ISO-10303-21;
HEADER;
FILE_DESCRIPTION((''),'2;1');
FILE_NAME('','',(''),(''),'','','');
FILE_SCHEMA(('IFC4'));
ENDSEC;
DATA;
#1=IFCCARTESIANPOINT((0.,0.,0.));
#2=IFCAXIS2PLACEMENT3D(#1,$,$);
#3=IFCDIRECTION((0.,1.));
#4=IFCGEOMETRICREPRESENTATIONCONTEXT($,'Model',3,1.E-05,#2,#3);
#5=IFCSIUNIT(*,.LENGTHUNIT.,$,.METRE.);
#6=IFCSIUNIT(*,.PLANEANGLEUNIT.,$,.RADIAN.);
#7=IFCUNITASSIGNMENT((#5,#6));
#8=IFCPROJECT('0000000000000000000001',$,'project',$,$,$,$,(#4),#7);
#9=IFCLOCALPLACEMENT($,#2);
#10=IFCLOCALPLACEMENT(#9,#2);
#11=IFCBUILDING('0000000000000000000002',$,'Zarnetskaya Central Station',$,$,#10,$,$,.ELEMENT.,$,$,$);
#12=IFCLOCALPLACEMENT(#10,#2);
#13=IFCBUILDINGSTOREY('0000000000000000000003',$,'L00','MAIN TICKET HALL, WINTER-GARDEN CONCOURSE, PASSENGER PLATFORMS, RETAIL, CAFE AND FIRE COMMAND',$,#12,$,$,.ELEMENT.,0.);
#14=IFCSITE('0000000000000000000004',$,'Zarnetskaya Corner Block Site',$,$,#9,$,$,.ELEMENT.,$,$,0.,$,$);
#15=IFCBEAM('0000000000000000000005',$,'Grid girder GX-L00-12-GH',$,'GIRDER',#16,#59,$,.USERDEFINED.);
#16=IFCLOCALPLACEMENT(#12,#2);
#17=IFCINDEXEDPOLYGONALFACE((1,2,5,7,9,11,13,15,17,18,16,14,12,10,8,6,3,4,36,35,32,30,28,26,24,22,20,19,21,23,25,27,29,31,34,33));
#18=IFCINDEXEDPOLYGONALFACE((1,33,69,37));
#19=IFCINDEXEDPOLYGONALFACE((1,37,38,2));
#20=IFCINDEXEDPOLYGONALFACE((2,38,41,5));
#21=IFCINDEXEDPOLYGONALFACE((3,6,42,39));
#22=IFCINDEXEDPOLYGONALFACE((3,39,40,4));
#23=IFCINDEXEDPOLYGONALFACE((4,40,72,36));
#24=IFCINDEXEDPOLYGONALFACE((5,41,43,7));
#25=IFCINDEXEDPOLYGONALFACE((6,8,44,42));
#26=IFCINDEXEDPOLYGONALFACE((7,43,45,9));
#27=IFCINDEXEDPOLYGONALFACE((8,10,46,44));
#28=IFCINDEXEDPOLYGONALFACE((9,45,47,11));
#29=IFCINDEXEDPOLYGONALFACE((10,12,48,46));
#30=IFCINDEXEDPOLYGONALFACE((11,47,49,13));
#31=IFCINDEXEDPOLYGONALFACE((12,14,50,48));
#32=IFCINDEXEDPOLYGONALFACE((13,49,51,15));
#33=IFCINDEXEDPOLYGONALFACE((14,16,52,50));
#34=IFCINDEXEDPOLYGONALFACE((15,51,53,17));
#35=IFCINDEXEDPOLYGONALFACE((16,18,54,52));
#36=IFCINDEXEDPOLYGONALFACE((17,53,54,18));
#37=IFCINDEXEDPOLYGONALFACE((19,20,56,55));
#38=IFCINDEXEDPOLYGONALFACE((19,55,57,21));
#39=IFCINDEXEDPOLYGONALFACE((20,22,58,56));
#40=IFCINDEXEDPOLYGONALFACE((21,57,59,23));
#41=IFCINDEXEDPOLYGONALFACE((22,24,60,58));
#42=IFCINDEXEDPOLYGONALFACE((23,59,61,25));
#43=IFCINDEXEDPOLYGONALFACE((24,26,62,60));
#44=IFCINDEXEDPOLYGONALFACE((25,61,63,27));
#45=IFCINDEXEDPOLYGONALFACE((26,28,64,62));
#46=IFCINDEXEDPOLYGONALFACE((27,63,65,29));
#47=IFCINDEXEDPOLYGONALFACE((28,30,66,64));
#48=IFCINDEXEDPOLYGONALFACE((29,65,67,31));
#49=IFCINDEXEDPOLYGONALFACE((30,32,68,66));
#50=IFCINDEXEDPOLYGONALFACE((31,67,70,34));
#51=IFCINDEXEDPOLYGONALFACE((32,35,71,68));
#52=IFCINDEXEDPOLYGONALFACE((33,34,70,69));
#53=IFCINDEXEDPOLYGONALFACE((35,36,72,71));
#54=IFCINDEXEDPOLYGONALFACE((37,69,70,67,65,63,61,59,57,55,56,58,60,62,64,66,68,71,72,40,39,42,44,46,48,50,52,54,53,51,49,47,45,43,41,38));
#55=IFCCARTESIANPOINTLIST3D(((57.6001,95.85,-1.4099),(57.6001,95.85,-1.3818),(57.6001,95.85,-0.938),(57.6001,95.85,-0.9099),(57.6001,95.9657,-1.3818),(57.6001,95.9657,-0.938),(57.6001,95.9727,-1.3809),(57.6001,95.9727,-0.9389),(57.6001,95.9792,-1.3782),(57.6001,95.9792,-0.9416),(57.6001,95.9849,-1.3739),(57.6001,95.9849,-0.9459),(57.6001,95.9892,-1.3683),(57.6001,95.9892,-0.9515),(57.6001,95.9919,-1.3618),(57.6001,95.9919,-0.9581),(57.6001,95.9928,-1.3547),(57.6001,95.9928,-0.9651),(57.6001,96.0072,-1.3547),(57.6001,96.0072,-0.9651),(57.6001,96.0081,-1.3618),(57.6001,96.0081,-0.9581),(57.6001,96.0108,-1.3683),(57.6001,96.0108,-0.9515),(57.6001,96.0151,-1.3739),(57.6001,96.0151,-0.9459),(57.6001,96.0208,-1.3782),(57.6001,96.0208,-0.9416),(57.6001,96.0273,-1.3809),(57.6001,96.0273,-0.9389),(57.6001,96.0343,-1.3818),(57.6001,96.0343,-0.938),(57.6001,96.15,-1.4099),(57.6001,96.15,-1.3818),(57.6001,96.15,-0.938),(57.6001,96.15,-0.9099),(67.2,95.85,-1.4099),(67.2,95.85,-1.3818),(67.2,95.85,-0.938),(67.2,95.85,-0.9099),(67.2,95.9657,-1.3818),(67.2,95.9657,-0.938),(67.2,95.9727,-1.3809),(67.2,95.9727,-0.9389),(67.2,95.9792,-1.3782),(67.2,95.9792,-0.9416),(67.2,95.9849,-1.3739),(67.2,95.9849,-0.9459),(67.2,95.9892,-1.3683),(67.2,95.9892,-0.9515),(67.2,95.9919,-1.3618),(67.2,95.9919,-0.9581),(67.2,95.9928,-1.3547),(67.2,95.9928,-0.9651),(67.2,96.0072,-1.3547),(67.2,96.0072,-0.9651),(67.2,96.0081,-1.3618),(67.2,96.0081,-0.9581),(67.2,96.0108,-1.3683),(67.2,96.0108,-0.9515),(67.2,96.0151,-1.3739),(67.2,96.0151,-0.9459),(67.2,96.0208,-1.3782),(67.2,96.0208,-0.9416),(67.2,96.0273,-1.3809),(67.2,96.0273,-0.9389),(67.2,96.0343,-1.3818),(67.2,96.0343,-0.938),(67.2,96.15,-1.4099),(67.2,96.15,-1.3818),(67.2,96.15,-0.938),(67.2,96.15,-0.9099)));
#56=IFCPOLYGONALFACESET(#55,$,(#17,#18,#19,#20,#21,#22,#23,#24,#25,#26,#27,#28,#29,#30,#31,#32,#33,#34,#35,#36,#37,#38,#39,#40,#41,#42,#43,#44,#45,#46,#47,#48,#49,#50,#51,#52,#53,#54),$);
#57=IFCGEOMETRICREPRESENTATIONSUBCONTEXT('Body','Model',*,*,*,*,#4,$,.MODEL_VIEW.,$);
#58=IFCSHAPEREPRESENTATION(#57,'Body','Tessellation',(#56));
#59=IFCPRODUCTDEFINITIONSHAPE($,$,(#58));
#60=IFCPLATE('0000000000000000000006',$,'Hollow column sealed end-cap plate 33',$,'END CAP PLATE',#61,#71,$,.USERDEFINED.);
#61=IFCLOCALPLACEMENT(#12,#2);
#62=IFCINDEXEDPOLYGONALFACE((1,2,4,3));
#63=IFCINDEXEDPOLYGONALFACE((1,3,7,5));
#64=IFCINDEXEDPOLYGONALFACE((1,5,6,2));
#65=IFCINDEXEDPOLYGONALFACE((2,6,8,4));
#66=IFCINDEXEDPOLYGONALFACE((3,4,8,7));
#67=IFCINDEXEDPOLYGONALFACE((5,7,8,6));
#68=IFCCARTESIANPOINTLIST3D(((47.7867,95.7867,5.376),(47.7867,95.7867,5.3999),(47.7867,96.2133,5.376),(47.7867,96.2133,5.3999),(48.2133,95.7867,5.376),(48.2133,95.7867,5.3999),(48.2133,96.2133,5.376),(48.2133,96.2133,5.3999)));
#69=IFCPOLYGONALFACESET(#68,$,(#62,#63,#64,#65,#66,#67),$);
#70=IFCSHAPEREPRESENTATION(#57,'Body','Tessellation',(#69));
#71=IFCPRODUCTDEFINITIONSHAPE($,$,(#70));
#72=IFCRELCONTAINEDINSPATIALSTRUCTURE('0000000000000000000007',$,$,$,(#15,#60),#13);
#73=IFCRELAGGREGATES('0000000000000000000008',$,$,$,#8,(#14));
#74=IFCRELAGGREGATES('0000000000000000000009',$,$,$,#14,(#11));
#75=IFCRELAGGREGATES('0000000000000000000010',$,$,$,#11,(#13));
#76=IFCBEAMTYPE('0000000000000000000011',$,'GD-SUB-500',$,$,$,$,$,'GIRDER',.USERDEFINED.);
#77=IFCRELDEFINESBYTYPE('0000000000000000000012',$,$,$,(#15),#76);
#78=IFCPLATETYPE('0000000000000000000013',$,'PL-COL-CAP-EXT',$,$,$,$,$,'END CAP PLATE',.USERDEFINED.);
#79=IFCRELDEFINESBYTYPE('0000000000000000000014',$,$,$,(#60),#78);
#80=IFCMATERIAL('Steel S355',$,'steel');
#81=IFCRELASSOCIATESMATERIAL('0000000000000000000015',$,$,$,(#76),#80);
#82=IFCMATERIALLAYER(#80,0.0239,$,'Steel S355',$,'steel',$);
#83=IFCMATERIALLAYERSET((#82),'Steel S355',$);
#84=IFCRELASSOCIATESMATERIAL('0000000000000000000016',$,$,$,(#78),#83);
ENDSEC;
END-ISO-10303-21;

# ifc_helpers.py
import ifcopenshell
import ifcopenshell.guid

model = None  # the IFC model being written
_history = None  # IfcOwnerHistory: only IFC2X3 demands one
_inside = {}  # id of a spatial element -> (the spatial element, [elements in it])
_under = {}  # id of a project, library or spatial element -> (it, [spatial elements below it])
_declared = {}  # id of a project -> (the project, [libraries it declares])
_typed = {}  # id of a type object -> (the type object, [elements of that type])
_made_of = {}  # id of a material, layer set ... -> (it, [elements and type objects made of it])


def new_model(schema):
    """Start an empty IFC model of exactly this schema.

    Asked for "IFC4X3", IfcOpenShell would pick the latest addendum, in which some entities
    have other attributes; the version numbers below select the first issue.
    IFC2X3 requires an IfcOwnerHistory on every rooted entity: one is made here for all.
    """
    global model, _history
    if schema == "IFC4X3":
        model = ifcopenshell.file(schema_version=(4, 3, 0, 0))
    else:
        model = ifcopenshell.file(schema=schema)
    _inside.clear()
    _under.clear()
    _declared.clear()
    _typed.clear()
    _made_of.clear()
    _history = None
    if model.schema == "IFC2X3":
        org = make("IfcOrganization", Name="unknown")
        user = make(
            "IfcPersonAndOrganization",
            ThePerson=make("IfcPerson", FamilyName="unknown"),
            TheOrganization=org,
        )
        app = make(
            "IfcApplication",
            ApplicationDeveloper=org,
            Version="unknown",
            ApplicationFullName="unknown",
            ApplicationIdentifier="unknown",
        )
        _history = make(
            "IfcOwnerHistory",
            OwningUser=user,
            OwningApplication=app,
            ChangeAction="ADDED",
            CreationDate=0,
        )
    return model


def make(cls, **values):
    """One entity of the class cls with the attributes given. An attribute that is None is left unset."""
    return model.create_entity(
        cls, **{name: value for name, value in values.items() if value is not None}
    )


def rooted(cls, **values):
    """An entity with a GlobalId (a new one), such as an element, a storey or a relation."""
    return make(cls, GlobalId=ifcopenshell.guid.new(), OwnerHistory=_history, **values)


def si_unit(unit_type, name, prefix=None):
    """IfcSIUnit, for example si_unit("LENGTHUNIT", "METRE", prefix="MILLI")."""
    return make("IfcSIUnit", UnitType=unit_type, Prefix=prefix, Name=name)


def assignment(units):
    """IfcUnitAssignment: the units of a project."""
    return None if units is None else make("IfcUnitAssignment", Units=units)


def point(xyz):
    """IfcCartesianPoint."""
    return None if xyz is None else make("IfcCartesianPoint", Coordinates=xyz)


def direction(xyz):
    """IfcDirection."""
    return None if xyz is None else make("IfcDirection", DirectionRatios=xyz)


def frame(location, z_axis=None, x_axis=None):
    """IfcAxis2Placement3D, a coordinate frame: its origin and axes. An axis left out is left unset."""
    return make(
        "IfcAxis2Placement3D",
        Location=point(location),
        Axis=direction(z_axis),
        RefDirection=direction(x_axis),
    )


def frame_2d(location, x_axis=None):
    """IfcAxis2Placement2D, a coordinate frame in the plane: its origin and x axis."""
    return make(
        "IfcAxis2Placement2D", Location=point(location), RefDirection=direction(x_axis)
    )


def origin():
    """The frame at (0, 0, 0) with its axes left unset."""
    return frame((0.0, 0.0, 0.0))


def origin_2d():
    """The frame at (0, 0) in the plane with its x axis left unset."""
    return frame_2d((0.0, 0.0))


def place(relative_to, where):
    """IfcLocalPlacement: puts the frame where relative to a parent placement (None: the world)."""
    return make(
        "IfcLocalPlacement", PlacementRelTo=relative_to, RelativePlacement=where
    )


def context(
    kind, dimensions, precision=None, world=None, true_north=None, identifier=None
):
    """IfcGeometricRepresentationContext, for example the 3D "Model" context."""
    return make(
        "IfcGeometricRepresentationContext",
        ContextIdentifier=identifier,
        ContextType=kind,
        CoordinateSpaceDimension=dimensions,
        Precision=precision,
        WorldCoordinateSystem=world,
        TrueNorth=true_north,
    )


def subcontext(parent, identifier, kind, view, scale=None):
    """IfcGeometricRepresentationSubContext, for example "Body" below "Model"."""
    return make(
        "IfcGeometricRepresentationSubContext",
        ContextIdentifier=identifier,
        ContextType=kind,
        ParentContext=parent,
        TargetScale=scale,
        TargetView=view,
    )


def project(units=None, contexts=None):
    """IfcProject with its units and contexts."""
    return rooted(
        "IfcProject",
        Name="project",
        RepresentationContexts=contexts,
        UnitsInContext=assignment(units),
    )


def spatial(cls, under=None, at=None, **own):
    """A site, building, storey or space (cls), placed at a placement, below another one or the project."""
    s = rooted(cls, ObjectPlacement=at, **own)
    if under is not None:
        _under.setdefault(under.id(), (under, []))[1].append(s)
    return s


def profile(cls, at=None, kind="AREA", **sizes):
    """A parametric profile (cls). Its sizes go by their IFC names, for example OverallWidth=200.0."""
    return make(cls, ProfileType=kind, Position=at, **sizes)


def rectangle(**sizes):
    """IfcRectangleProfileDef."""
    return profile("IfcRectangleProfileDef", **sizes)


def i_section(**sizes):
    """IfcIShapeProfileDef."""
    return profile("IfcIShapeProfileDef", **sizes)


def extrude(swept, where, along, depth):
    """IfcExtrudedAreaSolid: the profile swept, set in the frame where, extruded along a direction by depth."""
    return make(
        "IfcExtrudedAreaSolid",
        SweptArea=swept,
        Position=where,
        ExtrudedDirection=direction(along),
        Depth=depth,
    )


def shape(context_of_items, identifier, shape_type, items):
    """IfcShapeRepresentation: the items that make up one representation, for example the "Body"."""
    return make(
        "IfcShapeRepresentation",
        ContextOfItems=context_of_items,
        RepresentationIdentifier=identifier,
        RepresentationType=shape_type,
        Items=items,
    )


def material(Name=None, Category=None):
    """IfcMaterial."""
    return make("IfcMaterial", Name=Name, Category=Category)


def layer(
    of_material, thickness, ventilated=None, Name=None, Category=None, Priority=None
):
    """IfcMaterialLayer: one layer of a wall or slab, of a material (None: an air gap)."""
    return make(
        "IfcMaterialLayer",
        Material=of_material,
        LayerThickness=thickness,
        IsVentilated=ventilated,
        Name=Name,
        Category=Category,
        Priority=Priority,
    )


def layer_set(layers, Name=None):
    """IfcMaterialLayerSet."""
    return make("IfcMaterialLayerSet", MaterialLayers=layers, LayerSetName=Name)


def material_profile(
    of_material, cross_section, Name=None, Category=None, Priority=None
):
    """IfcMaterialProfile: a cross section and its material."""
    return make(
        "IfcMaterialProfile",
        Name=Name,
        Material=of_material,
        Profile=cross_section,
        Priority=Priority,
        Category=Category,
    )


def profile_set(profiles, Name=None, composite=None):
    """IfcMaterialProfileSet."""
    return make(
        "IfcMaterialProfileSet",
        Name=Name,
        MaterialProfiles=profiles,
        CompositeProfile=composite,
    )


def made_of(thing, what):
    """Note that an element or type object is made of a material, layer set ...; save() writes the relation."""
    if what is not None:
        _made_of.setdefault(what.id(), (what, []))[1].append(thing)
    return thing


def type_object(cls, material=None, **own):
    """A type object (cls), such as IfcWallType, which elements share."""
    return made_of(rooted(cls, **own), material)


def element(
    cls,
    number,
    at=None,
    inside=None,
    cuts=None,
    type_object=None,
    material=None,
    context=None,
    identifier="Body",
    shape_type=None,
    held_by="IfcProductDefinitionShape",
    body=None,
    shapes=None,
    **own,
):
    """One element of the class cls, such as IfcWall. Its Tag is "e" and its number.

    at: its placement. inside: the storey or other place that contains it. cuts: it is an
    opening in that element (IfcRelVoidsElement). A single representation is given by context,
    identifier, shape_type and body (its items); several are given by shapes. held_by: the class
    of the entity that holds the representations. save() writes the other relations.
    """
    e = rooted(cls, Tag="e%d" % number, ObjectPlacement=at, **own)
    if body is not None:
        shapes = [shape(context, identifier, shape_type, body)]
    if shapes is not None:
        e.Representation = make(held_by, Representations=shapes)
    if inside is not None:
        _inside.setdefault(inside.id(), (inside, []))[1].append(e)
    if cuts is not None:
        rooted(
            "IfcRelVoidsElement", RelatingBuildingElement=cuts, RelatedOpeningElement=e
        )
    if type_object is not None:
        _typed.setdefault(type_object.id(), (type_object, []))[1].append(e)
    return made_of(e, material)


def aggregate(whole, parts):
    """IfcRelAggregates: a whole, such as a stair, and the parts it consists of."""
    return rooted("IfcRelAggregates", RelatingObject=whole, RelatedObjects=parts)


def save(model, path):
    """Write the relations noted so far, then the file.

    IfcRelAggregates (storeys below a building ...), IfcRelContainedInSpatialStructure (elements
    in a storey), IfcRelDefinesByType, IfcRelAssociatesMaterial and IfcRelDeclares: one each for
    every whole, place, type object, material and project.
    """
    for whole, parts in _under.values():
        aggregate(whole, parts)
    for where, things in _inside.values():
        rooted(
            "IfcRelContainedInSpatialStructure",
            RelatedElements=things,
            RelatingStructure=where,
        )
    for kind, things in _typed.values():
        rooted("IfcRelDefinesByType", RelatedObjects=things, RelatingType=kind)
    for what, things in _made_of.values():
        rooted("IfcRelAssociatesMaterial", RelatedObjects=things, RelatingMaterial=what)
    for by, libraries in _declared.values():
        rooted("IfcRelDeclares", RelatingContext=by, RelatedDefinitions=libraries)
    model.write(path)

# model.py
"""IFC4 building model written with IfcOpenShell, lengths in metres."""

from ifc_helpers import new_model, si_unit, direction, frame, origin, origin_2d, place, context, subcontext, project, spatial, rectangle, i_section, extrude, material, layer, layer_set, material_profile, profile_set, type_object, element, save


model = new_model("IFC4")

# Units and contexts
model_context = context("Model", 3, precision=1e-05, world=origin(), true_north=direction((0.0, 1.0)))
body_context = subcontext(model_context, "Body", "Model", "MODEL_VIEW")
ifc_project = project(units=[si_unit("LENGTHUNIT", "METRE"), si_unit("PLANEANGLEUNIT", "RADIAN")], contexts=[model_context])

# Site, building, storey
site_placement = place(None, origin())
site = spatial("IfcSite", under=ifc_project, at=site_placement, Name="Zarnetskaya Corner Block Site", CompositionType="ELEMENT", RefElevation=0.0)
building_placement = place(site_placement, origin())
building = spatial("IfcBuilding", under=site, at=building_placement, Name="Zarnetskaya Central Station", CompositionType="ELEMENT")
storey_placement = place(building_placement, origin())
storey = spatial("IfcBuildingStorey", under=building, at=storey_placement, Name="L00", Description="MAIN TICKET HALL, WINTER-GARDEN CONCOURSE, PASSENGER PLATFORMS, RETAIL, CAFE AND FIRE COMMAND", CompositionType="ELEMENT", Elevation=0.0)

# Shared definitions
ifc_material = material(Name="Steel S355", Category="steel")

# Beam
ifc_material_profile_1 = material_profile(ifc_material, i_section(OverallWidth=0.3, OverallDepth=0.5, WebThickness=0.0144, FlangeThickness=0.0281, FilletRadius=0.0271, at=origin_2d()), Name="HEB 500")
ifc_profile_set_1 = profile_set([ifc_material_profile_1], Name="Steel S355")
beam_type_1 = type_object("IfcBeamType", Name="GD-SUB-500", ElementType="GIRDER", PredefinedType="USERDEFINED", material=ifc_profile_set_1)
for number, where, z_axis, x_axis, name in (
    (1, (57.6001, 96.0, -1.1599), (1.0, 0.0, 0.0), (0.0, 1.0, 0.0), "Grid girder GX-L00-12-GH"),
):
    element("IfcBeam", number, at=place(storey_placement, frame(where, z_axis=z_axis, x_axis=x_axis)), inside=storey, type_object=beam_type_1, Name=name, ObjectType="GIRDER", PredefinedType="USERDEFINED", context=body_context, shape_type="SweptSolid", body=[
        extrude(i_section(OverallWidth=0.3, OverallDepth=0.5, WebThickness=0.0144, FlangeThickness=0.0281, FilletRadius=0.0271, at=origin_2d()), origin(), (0.0, 0.0, 1.0), 9.5999),
    ])

# Plate
ifc_layer = layer(ifc_material, 0.0239, Name="Steel S355", Category="steel")
ifc_layer_set = layer_set([ifc_layer], Name="Steel S355")
plate_type = type_object("IfcPlateType", Name="PL-COL-CAP-EXT", ElementType="END CAP PLATE", PredefinedType="USERDEFINED", material=ifc_layer_set)
plate_placement = place(storey_placement, frame((48.0, 96.0, 5.376), z_axis=(0.0, 0.0, 1.0), x_axis=(1.0, 0.0, 0.0)))
element("IfcPlate", 2, at=plate_placement, inside=storey, type_object=plate_type, Name="Hollow column sealed end-cap plate 33", ObjectType="END CAP PLATE", PredefinedType="USERDEFINED", context=body_context, shape_type="SweptSolid", body=[
    extrude(rectangle(XDim=0.4265, YDim=0.4265, at=origin_2d()), origin(), (0.0, 0.0, 1.0), 0.0239),
])

save(model, "model.ifc")
